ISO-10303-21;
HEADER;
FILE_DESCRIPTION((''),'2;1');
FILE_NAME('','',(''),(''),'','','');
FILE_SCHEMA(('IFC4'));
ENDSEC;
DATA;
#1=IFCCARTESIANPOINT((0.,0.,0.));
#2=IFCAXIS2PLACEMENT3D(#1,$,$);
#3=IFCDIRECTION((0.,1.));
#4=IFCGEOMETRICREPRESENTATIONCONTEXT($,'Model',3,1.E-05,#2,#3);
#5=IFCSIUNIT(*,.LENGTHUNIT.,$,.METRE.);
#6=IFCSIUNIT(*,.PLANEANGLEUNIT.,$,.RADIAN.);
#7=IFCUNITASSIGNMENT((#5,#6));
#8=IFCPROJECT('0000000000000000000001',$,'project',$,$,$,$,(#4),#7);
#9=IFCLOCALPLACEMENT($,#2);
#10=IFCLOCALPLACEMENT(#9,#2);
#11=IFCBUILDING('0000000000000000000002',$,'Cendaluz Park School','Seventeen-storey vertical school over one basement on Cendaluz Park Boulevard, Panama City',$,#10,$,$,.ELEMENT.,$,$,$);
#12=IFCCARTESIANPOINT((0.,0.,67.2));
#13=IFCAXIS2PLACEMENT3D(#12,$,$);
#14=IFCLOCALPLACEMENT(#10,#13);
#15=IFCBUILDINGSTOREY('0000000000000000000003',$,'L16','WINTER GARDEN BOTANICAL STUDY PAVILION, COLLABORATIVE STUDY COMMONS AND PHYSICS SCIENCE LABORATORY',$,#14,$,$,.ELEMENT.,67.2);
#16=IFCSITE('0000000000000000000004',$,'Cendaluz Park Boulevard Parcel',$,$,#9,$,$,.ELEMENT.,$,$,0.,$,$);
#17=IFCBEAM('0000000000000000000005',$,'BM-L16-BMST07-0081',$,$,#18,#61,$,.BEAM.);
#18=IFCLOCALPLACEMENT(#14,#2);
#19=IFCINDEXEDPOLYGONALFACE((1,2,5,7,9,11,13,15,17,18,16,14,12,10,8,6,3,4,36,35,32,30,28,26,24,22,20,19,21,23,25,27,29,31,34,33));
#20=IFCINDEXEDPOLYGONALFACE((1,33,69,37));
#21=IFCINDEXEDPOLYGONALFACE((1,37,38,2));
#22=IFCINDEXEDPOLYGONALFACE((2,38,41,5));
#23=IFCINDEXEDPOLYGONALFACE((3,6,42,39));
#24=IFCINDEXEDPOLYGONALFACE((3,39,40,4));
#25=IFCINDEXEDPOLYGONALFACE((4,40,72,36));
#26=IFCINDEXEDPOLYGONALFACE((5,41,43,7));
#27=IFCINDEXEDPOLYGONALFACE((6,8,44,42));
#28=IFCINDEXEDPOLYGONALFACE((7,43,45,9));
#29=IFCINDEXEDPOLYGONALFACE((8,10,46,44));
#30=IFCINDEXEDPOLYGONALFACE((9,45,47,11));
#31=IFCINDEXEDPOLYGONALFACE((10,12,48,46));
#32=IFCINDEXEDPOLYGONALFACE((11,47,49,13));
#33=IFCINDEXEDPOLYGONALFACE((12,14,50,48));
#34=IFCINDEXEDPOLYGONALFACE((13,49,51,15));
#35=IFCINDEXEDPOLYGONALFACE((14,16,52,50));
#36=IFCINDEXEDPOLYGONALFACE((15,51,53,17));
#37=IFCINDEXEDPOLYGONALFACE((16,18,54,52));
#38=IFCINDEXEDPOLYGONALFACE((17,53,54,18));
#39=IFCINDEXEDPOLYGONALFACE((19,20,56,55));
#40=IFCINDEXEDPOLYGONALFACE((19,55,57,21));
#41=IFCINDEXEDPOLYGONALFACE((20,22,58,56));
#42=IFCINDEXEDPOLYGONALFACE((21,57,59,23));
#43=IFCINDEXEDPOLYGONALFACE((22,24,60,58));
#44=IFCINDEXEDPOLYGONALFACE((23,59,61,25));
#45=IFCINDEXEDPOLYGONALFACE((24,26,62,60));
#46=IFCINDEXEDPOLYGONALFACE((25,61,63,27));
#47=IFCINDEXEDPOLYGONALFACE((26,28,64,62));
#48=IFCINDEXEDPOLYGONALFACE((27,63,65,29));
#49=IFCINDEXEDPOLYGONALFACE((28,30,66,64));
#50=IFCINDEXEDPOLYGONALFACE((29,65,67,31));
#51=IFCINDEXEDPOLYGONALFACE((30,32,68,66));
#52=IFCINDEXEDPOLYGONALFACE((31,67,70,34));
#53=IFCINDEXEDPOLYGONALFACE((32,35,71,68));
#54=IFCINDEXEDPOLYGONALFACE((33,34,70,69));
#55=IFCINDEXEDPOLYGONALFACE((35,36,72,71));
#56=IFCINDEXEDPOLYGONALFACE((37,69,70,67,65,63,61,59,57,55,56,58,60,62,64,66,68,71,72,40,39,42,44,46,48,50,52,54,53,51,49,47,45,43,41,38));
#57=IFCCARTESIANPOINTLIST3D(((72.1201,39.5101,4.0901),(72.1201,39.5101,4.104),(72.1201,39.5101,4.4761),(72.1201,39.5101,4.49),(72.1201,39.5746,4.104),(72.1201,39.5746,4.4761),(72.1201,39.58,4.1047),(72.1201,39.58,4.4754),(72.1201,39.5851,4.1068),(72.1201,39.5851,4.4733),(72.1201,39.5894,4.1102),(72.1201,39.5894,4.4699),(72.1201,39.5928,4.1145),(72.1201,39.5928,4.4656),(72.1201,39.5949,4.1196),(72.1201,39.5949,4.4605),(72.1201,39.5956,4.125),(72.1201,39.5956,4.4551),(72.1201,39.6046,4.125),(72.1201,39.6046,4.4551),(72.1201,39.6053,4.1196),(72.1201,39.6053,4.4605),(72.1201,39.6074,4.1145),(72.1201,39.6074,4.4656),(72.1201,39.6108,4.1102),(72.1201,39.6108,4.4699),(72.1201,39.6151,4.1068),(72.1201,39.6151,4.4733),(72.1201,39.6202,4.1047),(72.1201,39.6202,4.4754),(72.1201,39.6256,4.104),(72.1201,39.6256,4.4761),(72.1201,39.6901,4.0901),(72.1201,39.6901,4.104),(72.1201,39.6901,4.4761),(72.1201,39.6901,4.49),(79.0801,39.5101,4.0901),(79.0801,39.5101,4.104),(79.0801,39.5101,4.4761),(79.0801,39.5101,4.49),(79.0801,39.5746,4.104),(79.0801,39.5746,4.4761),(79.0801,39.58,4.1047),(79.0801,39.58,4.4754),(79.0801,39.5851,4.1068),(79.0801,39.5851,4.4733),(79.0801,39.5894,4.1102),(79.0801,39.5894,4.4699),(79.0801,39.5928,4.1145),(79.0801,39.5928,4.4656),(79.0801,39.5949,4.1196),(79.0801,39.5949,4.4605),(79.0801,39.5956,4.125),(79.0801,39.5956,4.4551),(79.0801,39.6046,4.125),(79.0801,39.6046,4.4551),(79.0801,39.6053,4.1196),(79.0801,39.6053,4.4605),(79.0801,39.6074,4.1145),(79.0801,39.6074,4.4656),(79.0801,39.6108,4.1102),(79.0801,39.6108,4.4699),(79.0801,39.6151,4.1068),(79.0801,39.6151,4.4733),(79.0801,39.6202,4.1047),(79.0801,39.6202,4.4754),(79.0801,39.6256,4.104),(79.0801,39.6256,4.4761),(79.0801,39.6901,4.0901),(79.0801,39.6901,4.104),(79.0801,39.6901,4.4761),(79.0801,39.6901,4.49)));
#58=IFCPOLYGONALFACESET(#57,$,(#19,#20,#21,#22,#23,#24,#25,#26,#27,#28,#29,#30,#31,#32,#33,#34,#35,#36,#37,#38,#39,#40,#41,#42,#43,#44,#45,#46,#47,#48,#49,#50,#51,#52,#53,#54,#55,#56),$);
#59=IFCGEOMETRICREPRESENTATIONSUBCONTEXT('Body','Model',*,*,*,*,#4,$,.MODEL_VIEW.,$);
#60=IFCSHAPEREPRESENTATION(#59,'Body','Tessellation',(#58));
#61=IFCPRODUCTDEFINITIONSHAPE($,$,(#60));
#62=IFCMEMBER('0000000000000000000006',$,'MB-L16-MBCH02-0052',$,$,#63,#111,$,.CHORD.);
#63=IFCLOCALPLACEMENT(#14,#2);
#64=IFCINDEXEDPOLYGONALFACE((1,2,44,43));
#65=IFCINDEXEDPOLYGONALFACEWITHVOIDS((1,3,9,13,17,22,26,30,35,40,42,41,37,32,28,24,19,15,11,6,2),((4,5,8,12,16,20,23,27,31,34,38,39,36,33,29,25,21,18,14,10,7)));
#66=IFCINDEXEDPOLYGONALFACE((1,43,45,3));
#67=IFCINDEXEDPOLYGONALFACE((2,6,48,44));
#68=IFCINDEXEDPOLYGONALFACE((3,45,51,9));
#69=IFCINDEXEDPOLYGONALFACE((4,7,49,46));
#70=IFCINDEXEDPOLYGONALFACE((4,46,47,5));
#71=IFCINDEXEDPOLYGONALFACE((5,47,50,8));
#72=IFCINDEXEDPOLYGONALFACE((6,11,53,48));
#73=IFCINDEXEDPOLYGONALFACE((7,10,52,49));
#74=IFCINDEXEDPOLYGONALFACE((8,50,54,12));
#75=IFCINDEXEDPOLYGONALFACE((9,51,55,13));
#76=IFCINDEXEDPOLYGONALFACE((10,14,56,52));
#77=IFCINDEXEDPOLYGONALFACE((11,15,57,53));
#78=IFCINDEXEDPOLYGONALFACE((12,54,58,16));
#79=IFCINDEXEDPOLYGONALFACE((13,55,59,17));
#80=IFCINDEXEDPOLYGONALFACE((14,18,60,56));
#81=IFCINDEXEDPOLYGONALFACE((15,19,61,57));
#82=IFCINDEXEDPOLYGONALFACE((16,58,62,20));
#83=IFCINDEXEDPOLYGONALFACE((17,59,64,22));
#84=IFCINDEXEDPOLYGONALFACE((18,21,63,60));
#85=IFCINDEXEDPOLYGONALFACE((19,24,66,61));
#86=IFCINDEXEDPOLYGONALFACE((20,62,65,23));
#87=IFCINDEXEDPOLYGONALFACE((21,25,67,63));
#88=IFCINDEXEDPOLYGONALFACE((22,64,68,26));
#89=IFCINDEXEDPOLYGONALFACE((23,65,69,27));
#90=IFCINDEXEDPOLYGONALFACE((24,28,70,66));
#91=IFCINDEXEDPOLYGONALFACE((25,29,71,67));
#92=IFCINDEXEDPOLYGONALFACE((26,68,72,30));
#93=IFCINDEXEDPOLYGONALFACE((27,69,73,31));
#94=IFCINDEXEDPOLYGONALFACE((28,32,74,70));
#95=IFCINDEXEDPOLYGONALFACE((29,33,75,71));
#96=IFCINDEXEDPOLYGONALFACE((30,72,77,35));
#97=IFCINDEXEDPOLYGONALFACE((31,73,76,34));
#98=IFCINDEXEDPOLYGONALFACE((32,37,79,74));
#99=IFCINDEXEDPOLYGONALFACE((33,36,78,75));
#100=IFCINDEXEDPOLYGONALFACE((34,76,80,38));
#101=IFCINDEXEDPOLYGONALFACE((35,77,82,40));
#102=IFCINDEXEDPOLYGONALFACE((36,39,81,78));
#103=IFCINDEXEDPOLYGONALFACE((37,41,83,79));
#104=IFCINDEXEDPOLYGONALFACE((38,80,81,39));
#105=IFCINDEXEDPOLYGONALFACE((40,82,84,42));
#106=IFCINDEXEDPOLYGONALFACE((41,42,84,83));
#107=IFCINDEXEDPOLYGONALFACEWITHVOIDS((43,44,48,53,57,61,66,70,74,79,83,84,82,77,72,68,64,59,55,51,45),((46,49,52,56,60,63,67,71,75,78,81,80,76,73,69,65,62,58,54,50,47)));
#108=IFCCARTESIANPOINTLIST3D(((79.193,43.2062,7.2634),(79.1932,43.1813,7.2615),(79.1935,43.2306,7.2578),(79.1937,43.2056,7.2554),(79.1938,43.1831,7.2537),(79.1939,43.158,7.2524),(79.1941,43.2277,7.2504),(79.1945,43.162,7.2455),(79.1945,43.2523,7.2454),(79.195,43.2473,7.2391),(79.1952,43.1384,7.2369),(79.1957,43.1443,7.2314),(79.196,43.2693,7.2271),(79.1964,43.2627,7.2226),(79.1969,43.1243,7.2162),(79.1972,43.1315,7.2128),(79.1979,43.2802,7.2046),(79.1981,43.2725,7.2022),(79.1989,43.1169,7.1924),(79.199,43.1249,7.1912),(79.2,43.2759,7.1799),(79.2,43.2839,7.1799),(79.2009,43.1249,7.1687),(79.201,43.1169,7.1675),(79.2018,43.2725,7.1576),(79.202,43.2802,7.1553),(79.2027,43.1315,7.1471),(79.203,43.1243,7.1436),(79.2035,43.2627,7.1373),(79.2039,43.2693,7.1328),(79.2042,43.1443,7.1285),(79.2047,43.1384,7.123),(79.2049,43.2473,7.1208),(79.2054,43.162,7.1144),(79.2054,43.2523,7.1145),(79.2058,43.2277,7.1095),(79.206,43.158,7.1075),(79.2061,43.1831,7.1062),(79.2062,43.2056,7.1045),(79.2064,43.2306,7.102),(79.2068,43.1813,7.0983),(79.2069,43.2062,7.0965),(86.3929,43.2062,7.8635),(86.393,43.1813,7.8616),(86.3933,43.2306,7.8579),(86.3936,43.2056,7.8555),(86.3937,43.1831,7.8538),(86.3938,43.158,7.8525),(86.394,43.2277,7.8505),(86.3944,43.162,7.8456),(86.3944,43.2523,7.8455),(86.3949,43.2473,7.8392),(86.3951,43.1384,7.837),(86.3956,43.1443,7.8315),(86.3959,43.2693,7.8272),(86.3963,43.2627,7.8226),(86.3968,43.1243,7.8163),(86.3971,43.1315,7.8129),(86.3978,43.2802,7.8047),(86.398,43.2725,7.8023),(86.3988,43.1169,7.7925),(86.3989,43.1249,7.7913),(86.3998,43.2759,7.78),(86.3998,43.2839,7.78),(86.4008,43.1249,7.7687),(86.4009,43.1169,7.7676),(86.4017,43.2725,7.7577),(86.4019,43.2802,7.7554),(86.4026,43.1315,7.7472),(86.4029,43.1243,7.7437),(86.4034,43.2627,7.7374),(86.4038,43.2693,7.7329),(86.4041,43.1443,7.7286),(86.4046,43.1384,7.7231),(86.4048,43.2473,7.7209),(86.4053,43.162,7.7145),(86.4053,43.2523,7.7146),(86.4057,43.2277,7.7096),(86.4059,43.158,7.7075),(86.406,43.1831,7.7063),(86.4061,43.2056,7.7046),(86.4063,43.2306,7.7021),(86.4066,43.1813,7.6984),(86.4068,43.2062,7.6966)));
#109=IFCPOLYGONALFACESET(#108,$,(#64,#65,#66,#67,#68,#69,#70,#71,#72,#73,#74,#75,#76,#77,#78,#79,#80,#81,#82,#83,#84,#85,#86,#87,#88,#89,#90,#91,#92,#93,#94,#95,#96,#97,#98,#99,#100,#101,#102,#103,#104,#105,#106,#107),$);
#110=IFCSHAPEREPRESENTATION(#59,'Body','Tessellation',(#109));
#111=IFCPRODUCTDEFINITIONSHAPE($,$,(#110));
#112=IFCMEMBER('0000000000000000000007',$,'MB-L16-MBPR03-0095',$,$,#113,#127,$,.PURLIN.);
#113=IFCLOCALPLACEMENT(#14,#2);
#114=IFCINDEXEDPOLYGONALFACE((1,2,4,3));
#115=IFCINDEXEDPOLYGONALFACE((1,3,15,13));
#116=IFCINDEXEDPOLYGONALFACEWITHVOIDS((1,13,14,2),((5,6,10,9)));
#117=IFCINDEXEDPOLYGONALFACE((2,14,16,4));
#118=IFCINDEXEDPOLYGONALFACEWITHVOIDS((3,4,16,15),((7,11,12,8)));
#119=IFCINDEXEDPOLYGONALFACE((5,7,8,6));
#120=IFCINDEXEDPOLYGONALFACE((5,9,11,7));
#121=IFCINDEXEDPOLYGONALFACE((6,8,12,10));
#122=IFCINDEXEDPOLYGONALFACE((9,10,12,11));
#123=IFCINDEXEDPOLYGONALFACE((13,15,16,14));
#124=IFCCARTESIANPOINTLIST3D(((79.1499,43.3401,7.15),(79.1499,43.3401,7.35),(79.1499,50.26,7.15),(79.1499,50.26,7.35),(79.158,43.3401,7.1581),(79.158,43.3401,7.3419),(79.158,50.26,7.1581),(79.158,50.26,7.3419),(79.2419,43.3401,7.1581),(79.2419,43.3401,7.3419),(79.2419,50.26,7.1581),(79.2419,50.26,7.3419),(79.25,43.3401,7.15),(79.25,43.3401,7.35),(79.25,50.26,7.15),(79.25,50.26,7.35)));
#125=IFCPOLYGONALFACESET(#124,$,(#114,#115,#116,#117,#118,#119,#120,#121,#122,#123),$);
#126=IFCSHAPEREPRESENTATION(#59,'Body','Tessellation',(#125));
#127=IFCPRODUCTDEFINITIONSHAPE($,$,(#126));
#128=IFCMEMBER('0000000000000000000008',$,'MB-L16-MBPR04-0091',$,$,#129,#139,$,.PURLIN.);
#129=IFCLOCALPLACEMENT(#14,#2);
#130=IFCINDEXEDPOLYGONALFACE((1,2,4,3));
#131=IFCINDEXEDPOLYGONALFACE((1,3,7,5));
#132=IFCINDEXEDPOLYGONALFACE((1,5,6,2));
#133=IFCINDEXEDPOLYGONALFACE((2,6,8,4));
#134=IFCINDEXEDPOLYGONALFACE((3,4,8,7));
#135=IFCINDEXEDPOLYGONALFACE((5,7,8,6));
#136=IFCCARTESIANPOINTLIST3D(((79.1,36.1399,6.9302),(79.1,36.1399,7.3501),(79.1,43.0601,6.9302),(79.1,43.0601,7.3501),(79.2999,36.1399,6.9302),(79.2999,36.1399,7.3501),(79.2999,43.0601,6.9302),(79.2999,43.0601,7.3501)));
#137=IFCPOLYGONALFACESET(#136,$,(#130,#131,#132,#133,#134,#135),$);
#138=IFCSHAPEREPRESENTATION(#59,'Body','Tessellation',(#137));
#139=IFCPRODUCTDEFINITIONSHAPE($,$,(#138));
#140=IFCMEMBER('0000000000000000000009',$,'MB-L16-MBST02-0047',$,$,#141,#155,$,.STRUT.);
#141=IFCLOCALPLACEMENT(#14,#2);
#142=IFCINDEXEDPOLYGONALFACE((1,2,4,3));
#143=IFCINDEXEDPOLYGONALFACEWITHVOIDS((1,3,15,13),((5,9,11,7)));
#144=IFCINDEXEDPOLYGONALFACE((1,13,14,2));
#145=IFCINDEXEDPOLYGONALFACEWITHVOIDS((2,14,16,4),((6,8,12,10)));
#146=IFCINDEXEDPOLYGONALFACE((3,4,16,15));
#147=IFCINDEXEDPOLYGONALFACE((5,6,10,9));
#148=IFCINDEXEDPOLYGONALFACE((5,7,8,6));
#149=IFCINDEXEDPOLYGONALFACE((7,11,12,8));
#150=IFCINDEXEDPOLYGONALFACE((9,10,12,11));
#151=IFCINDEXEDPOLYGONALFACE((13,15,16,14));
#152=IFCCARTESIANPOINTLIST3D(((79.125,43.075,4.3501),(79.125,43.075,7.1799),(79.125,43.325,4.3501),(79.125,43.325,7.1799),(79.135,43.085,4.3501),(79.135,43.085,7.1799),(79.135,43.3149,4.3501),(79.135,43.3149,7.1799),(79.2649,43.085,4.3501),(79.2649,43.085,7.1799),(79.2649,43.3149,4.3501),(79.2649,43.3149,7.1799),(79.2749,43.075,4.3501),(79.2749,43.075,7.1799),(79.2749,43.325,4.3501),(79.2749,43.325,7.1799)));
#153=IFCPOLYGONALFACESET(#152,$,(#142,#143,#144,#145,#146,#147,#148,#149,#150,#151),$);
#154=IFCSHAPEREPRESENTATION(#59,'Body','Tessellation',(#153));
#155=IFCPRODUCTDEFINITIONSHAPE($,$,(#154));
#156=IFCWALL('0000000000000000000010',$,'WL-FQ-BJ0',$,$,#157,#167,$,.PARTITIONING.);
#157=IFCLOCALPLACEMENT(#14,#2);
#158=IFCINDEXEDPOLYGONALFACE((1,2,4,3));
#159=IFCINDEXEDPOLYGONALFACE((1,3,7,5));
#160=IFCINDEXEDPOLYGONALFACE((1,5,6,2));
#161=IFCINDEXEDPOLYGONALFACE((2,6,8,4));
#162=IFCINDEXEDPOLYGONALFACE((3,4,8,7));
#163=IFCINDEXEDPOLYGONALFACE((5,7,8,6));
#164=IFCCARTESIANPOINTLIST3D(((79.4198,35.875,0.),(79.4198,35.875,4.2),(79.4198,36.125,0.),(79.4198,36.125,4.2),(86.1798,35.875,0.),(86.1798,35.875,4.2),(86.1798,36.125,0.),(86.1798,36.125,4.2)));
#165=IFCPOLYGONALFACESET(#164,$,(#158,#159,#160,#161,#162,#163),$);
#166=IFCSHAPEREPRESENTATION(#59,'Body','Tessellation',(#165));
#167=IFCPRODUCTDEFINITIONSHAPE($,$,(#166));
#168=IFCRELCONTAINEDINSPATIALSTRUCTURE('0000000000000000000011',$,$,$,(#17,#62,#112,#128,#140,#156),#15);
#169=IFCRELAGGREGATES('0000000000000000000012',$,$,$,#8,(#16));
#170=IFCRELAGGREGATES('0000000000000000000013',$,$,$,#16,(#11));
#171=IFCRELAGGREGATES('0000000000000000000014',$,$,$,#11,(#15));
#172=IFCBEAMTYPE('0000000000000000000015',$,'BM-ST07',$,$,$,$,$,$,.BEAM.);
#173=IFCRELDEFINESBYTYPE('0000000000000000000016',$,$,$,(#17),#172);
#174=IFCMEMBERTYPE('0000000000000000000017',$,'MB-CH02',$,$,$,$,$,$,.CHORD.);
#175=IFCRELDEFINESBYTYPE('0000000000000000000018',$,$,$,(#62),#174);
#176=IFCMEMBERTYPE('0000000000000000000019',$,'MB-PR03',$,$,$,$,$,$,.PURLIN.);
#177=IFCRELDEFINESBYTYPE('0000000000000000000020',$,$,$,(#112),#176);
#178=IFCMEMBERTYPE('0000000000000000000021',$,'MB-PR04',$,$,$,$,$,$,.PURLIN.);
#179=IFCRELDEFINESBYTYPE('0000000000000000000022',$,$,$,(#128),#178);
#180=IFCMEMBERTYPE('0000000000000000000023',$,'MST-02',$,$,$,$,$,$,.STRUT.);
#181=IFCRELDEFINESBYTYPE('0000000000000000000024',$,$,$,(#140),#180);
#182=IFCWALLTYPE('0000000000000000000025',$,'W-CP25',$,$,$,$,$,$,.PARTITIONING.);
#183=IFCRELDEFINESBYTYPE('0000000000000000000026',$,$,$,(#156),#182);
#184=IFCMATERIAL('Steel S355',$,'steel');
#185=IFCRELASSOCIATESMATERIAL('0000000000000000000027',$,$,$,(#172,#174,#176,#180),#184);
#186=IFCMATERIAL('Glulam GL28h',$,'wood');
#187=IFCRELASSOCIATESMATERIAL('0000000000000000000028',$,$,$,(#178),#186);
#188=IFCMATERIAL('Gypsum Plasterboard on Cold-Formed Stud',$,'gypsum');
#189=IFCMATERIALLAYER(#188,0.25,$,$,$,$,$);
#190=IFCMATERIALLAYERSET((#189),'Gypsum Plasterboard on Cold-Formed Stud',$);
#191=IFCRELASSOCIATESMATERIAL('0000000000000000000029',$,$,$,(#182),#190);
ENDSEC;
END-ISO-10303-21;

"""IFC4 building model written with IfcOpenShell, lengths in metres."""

from ifc_helpers import new_model, si_unit, direction, frame, frame_2d, origin, origin_2d, place, context, subcontext, project, spatial, rectangle, hollow_rectangle, hollow_circle, i_section, extrude, material, layer, layer_set, material_profile, profile_set, type_object, element, save


model = new_model("IFC4")

# Units and contexts
model_context = context("Model", 3, precision=1e-05, world=origin(), true_north=direction((0.0, 1.0)))
body_context = subcontext(model_context, "Body", "Model", "MODEL_VIEW")
ifc_project = project(units=[si_unit("LENGTHUNIT", "METRE"), si_unit("PLANEANGLEUNIT", "RADIAN")], contexts=[model_context])

# Site, building, storey
site_placement = place(None, origin())
site = spatial("IfcSite", under=ifc_project, at=site_placement, Name="Cendaluz Park Boulevard Parcel", CompositionType="ELEMENT", RefElevation=0.0)
building_placement = place(site_placement, origin())
building = spatial("IfcBuilding", under=site, at=building_placement, Name="Cendaluz Park School", Description="Seventeen-storey vertical school over one basement on Cendaluz Park Boulevard, Panama City", CompositionType="ELEMENT")
storey_placement = place(building_placement, frame((0.0, 0.0, 67.2)))
storey = spatial("IfcBuildingStorey", under=building, at=storey_placement, Name="L16", Description="WINTER GARDEN BOTANICAL STUDY PAVILION, COLLABORATIVE STUDY COMMONS AND PHYSICS SCIENCE LABORATORY", CompositionType="ELEMENT", Elevation=67.2)

# Beam
ifc_material_1 = material(Name="Steel S355", Category="steel")
ifc_material_profile_1 = material_profile(ifc_material_1, i_section(OverallWidth=0.1799, OverallDepth=0.3999, WebThickness=0.009, FlangeThickness=0.0139, FilletRadius=0.021, at=origin_2d()), Name="IPE 400", Category="steel")
ifc_profile_set_1 = profile_set([ifc_material_profile_1], Name="Steel S355")
beam_type_1 = type_object("IfcBeamType", Name="BM-ST07", PredefinedType="BEAM", material=ifc_profile_set_1)
beam_placement = place(storey_placement, frame((72.1201, 39.6001, 4.29), z_axis=(1.0, 0.0, 0.0), x_axis=(0.0, 1.0, 0.0)))
element("IfcBeam", 1, at=beam_placement, inside=storey, type_object=beam_type_1, Name="BM-L16-BMST07-0081", PredefinedType="BEAM", context=body_context, shape_type="SweptSolid", body=[
    extrude(i_section(OverallWidth=0.1799, OverallDepth=0.3999, WebThickness=0.009, FlangeThickness=0.0139, FilletRadius=0.021, at=origin_2d()), origin(), (0.0, 0.0, 1.0), 6.96),
])

# Members
ifc_material_profile_2 = material_profile(ifc_material_1, hollow_circle(Radius=0.084, WallThickness=0.0081, at=origin_2d()), Name="CHS 168x8", Category="steel")
ifc_profile_set_2 = profile_set([ifc_material_profile_2], Name="Steel S355")
member_type_1 = type_object("IfcMemberType", Name="MB-CH02", PredefinedType="CHORD", material=ifc_profile_set_2)
member_1_placement = place(storey_placement, frame((79.2, 43.2, 7.1799), z_axis=(0.996545, 0.0, 0.083059), x_axis=(0.0, 1.0, 0.0)))
element("IfcMember", 2, at=member_1_placement, inside=storey, type_object=member_type_1, Name="MB-L16-MBCH02-0052", PredefinedType="CHORD", context=body_context, shape_type="SweptSolid", body=[
    extrude(hollow_circle(Radius=0.084, WallThickness=0.0081, at=origin_2d()), origin(), (0.0, 0.0, 1.0), 7.2249),
])
ifc_material_profile_3 = material_profile(ifc_material_1, hollow_rectangle(XDim=0.1001, YDim=0.2, WallThickness=0.0081, at=origin_2d()), Name="RHS 200x100x8", Category="steel")
ifc_profile_set_3 = profile_set([ifc_material_profile_3], Name="Steel S355")
member_type_2 = type_object("IfcMemberType", Name="MB-PR03", PredefinedType="PURLIN", material=ifc_profile_set_3)
member_2_placement = place(storey_placement, frame((79.2, 43.3401, 7.25), z_axis=(0.0, 1.0, 0.0), x_axis=(-1.0, 0.0, 0.0)))
element("IfcMember", 3, at=member_2_placement, inside=storey, type_object=member_type_2, Name="MB-L16-MBPR03-0095", PredefinedType="PURLIN", context=body_context, shape_type="SweptSolid", body=[
    extrude(hollow_rectangle(XDim=0.1001, YDim=0.2, WallThickness=0.0081, at=origin_2d()), origin(), (0.0, 0.0, 1.0), 6.9199),
])
ifc_material_2 = material(Name="Glulam GL28h", Category="wood")
ifc_material_profile_4 = material_profile(ifc_material_2, rectangle(XDim=0.2, YDim=0.4199, at=origin_2d()), Name="GL28h 200x420", Category="wood")
ifc_profile_set_4 = profile_set([ifc_material_profile_4], Name="Glulam GL28h")
member_type_3 = type_object("IfcMemberType", Name="MB-PR04", PredefinedType="PURLIN", material=ifc_profile_set_4)
member_3_placement = place(storey_placement, frame((79.2, 36.1399, 7.1401), z_axis=(0.0, 1.0, 0.0), x_axis=(-1.0, 0.0, 0.0)))
element("IfcMember", 4, at=member_3_placement, inside=storey, type_object=member_type_3, Name="MB-L16-MBPR04-0091", PredefinedType="PURLIN", context=body_context, shape_type="SweptSolid", body=[
    extrude(rectangle(XDim=0.2, YDim=0.4199, at=origin_2d()), origin(), (0.0, 0.0, 1.0), 6.9202),
])
ifc_material_profile_5 = material_profile(ifc_material_1, hollow_rectangle(XDim=0.1499, YDim=0.25, WallThickness=0.01, at=origin_2d()), Name="RHS 250x150x10", Category="steel")
ifc_profile_set_5 = profile_set([ifc_material_profile_5], Name="Steel S355")
member_type_4 = type_object("IfcMemberType", Name="MST-02", PredefinedType="STRUT", material=ifc_profile_set_5)
member_4_placement = place(storey_placement, frame((79.2, 43.2, 4.3501), z_axis=(0.0, 0.0, 1.0), x_axis=(1.0, 0.0, 0.0)))
element("IfcMember", 5, at=member_4_placement, inside=storey, type_object=member_type_4, Name="MB-L16-MBST02-0047", PredefinedType="STRUT", context=body_context, shape_type="SweptSolid", body=[
    extrude(hollow_rectangle(XDim=0.1499, YDim=0.25, WallThickness=0.01, at=origin_2d()), origin(), (0.0, 0.0, 1.0), 2.8298),
])

# Wall
ifc_material_3 = material(Name="Gypsum Plasterboard on Cold-Formed Stud", Category="gypsum")
ifc_layer_1 = layer(ifc_material_3, 0.25)
ifc_layer_set_1 = layer_set([ifc_layer_1], Name="Gypsum Plasterboard on Cold-Formed Stud")
wall_type_1 = type_object("IfcWallType", Name="W-CP25", PredefinedType="PARTITIONING", material=ifc_layer_set_1)
wall_1_placement = place(storey_placement, frame((79.4199, 36.0, 0.0), z_axis=(0.0, 0.0, 1.0), x_axis=(1.0, 0.0, 0.0)))
element("IfcWall", 6, at=wall_1_placement, inside=storey, type_object=wall_type_1, Name="WL-FQ-BJ0", PredefinedType="PARTITIONING", context=body_context, shape_type="SweptSolid", body=[
    extrude(rectangle(XDim=6.76, YDim=0.25, at=frame_2d((3.3799, 0.0))), origin(), (0.0, 0.0, 1.0), 4.2),
])

save(model, "model.ifc")
